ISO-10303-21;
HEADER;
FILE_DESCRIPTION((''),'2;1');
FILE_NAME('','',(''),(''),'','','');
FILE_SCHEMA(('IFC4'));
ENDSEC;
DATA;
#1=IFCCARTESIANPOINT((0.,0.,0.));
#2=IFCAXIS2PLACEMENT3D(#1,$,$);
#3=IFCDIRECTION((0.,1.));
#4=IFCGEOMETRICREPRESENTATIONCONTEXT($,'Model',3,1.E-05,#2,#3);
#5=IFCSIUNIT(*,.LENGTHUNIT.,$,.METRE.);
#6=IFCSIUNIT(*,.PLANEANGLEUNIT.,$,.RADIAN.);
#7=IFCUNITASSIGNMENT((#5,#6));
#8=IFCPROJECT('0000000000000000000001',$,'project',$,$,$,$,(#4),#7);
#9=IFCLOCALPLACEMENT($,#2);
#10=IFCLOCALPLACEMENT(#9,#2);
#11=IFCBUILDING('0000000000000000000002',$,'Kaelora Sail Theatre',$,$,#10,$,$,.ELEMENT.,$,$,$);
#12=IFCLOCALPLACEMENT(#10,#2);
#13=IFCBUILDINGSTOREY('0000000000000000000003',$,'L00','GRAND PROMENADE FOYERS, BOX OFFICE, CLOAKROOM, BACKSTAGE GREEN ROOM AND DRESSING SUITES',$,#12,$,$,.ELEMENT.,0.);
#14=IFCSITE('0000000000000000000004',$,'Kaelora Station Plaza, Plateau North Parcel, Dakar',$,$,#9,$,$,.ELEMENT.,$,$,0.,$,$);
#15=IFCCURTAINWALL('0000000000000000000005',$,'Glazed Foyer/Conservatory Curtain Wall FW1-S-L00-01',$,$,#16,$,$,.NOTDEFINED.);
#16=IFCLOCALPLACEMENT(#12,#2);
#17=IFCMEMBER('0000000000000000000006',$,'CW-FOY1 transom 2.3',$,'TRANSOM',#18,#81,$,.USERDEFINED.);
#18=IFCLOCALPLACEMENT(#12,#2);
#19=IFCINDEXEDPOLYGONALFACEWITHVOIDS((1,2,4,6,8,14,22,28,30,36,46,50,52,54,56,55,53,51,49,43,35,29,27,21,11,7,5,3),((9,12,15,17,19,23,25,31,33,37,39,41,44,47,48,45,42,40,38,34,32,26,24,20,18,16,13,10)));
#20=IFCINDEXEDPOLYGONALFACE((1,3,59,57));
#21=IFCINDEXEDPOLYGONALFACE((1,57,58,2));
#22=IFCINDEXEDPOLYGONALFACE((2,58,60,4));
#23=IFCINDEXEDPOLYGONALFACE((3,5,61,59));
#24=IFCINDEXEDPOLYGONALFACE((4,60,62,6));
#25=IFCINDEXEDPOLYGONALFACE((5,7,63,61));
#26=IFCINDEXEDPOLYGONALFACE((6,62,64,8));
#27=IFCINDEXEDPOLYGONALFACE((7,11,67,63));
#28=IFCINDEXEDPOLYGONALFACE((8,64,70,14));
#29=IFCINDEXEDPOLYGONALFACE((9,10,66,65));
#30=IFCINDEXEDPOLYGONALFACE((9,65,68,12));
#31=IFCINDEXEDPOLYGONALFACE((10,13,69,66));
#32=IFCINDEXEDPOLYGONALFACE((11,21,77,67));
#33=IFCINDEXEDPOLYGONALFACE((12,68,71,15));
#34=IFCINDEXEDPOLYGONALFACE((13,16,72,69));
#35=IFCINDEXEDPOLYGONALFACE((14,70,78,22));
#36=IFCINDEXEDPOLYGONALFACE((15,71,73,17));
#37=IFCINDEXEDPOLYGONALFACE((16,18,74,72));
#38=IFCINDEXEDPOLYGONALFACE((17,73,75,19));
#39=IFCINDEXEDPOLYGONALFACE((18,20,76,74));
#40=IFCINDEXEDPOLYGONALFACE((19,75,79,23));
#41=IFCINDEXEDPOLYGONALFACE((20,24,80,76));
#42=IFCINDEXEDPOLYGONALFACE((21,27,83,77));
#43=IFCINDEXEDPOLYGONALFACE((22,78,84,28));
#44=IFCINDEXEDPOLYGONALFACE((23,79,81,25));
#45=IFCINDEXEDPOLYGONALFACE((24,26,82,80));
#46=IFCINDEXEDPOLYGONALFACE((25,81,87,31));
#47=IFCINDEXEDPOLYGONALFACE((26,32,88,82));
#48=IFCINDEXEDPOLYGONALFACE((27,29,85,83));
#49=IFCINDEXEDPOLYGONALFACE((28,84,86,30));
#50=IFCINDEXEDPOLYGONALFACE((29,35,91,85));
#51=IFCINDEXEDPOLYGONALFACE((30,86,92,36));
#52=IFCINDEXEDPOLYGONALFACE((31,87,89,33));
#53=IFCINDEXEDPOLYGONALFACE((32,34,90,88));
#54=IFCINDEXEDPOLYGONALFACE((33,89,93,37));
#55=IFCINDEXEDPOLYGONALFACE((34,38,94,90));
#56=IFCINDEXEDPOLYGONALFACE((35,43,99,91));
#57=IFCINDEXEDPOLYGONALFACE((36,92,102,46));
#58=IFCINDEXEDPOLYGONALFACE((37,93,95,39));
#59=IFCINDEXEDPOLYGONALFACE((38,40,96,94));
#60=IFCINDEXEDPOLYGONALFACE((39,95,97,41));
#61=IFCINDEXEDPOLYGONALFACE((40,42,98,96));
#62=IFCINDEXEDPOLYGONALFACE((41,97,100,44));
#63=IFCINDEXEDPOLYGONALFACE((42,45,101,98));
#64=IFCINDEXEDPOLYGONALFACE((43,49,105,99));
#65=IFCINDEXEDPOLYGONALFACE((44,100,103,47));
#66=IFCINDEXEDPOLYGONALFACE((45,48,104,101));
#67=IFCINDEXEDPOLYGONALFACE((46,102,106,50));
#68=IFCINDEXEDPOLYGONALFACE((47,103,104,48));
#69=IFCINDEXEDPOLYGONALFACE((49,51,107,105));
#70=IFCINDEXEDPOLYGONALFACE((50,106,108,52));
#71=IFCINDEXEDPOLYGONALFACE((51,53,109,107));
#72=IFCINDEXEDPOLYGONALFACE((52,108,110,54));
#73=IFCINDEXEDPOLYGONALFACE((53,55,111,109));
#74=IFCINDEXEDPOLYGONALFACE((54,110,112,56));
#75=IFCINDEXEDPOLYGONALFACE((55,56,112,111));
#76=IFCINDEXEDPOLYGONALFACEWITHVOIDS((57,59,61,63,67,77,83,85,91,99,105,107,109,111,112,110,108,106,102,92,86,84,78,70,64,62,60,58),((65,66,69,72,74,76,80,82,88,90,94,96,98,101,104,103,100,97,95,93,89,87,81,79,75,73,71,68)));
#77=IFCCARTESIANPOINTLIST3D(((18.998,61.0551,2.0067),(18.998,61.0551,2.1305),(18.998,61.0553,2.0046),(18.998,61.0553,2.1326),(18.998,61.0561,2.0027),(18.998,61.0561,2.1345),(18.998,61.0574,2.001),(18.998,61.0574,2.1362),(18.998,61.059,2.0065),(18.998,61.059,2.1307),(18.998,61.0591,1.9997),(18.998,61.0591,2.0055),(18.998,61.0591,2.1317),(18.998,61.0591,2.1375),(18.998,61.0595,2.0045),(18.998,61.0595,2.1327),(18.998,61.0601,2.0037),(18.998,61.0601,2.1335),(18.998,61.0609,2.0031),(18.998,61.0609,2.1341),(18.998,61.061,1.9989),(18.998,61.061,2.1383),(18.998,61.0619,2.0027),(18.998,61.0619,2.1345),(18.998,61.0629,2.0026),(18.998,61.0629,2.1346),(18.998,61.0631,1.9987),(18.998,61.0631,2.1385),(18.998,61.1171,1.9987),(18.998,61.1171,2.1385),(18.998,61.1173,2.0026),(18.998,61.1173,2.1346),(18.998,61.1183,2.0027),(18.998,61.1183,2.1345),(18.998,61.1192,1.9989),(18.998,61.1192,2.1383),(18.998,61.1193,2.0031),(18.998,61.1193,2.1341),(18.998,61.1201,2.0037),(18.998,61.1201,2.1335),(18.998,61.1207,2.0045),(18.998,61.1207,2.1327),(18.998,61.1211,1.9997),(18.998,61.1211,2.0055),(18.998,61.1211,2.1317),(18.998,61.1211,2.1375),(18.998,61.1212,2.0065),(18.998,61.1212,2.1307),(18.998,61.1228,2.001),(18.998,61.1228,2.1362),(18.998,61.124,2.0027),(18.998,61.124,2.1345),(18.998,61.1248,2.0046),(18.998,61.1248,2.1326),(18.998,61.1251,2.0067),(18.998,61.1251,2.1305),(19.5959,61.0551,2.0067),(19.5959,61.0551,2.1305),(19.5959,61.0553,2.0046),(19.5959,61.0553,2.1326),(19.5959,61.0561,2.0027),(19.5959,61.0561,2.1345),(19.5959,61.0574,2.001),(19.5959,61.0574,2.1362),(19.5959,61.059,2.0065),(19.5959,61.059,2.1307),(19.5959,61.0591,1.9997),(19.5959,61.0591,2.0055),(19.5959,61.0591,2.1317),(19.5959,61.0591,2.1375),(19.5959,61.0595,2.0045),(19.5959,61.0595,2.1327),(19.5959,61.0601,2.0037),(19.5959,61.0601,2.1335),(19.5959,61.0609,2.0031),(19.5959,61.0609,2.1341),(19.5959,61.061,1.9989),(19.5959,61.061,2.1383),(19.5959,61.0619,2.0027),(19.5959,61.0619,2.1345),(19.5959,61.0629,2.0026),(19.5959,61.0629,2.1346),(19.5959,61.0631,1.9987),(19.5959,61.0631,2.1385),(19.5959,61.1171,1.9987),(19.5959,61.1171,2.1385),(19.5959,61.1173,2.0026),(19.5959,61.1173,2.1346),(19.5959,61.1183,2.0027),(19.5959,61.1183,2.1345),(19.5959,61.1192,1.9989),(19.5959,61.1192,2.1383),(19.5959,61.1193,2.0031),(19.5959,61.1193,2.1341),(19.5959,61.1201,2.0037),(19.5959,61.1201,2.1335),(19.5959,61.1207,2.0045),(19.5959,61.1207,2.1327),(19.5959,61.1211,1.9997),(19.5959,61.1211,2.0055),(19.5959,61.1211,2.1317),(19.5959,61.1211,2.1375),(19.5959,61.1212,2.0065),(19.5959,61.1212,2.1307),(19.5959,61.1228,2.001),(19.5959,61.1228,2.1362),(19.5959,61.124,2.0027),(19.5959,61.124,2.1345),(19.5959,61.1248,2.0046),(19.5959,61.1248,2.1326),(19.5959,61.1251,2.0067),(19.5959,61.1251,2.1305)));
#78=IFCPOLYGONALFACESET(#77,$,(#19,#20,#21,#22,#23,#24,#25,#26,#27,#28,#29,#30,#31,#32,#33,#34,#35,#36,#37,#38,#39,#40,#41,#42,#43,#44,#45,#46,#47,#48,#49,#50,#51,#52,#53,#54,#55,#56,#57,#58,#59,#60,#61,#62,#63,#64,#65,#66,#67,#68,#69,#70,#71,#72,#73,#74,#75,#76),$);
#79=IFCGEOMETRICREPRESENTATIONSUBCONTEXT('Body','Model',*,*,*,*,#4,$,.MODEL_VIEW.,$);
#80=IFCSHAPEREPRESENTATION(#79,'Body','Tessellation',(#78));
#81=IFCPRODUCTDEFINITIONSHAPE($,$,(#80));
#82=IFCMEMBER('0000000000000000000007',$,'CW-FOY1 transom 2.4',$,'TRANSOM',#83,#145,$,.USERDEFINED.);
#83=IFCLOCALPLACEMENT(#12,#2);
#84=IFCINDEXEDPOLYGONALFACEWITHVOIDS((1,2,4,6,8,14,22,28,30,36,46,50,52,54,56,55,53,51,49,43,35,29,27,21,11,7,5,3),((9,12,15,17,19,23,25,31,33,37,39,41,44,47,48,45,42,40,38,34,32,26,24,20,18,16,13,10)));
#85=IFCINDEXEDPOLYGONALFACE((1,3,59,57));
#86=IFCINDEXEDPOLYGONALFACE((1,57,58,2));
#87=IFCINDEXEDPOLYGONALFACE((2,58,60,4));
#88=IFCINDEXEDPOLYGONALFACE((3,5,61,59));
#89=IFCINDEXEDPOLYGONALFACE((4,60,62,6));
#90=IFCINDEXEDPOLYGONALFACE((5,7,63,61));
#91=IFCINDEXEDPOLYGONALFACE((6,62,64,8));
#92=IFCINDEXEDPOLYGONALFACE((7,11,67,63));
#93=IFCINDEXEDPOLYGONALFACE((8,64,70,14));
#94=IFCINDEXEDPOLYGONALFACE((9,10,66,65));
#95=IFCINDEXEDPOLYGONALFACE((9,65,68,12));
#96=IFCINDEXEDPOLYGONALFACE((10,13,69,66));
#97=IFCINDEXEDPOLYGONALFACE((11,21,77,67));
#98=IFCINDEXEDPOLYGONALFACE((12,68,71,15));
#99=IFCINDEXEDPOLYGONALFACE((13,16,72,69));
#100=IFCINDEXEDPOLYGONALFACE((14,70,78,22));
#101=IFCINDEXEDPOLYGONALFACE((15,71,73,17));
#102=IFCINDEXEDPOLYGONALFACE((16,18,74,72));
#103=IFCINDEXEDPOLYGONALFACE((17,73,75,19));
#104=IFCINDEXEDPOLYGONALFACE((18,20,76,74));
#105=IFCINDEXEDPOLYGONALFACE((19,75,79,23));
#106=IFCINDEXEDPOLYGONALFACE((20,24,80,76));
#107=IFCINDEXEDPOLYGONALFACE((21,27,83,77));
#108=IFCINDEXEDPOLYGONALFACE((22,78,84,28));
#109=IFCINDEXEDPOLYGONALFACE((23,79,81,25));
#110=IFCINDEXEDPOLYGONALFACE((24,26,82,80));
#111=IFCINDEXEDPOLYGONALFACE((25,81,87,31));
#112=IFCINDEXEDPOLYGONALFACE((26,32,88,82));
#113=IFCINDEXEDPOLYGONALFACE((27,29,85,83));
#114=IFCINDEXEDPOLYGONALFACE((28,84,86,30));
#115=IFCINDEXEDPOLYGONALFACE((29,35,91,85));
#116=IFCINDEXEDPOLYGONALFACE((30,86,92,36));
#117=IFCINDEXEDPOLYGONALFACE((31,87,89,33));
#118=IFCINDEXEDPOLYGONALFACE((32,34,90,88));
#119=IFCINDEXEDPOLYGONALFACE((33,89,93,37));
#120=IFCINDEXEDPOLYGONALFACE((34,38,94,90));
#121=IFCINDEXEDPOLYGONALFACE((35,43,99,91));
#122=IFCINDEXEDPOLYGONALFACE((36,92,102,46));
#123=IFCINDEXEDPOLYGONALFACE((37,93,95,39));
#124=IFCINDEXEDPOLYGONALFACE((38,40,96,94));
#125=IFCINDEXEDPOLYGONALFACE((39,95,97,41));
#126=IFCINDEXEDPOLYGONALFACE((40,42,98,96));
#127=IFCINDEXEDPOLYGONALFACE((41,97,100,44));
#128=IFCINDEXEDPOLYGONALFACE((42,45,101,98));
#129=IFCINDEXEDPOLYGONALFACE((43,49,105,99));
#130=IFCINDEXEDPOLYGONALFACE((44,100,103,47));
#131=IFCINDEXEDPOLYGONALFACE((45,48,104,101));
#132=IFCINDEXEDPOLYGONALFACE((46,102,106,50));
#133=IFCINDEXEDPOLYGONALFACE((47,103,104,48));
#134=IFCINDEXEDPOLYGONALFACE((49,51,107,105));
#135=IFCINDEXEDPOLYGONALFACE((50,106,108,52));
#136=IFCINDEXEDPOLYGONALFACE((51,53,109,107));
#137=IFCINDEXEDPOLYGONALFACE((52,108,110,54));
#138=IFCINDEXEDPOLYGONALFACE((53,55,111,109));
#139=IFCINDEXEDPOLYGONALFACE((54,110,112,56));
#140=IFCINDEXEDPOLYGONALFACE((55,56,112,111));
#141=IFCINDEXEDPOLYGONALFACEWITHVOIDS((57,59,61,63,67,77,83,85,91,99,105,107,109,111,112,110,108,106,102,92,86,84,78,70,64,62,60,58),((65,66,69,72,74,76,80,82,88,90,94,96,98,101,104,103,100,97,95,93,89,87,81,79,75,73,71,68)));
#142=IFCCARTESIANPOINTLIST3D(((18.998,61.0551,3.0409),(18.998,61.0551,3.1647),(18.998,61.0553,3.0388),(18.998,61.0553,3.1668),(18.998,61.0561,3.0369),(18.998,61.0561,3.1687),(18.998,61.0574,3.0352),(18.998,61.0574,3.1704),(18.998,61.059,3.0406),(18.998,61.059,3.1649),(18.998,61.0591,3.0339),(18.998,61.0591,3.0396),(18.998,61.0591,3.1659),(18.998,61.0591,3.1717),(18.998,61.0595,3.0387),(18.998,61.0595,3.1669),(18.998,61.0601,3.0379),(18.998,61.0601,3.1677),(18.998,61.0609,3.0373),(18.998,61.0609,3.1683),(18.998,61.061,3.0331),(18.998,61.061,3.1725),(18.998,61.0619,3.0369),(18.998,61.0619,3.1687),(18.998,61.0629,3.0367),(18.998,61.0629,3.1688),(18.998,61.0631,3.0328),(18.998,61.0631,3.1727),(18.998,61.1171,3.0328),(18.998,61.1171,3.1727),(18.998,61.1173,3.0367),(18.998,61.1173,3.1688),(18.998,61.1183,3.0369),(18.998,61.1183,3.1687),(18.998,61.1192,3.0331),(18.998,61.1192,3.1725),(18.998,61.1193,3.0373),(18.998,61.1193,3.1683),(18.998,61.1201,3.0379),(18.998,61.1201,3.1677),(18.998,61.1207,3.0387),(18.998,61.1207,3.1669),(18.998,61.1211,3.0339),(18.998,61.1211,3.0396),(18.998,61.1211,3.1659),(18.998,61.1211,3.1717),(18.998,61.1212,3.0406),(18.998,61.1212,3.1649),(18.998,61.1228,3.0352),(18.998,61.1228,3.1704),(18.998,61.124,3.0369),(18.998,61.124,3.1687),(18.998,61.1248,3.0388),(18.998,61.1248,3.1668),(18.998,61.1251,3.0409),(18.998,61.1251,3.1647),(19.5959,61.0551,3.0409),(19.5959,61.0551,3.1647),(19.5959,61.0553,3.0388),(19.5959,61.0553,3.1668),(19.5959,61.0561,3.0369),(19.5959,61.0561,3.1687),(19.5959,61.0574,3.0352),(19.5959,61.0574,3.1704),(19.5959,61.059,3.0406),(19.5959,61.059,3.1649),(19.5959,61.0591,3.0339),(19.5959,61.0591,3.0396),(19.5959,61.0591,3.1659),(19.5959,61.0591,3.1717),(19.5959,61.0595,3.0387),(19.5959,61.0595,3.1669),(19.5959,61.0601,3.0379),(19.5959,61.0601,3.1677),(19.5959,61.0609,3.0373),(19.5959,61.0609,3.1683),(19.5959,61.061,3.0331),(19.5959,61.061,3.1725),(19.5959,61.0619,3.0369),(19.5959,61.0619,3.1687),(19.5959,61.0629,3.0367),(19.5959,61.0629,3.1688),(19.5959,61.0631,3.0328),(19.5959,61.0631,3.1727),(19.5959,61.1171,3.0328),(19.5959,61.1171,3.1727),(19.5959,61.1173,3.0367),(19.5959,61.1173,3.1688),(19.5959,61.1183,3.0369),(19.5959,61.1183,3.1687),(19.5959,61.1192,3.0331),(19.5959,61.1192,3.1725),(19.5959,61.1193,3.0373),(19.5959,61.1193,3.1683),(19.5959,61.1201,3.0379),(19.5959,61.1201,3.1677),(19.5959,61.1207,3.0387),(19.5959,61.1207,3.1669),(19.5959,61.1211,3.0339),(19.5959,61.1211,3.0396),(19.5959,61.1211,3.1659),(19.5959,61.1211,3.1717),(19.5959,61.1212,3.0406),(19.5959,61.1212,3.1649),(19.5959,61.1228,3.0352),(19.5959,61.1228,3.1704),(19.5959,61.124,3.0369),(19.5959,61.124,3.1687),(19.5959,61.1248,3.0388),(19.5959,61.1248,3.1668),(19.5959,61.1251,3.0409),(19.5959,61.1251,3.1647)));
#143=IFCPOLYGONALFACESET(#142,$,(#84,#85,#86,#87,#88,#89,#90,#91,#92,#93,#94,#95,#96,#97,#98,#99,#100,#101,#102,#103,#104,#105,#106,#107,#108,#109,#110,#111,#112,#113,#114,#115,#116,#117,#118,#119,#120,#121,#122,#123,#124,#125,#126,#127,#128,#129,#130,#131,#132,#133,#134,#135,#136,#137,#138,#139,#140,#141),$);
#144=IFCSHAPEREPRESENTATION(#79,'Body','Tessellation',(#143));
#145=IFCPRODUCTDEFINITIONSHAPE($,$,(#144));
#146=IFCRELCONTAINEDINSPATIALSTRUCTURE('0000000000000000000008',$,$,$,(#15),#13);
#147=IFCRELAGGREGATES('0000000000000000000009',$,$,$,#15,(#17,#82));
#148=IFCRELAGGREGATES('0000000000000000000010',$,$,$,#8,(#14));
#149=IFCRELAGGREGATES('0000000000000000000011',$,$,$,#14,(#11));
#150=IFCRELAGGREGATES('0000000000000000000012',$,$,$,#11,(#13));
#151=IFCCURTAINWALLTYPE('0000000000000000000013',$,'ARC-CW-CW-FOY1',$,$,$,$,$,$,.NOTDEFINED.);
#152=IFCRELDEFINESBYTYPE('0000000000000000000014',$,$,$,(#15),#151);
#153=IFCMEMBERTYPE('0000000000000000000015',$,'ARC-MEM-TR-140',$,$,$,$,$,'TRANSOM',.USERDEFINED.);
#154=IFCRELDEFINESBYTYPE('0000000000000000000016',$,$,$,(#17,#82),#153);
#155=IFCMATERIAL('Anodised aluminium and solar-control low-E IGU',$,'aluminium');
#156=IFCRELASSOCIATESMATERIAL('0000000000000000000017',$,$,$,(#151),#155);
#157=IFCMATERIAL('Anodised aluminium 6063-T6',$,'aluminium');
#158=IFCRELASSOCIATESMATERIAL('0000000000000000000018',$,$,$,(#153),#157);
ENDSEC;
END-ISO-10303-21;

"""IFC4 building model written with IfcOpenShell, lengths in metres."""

from ifc_helpers import new_model, si_unit, direction, frame, origin, origin_2d, place, context, subcontext, project, spatial, hollow_rectangle, extrude, material, material_profile, profile_set, type_object, element, aggregate, save


model = new_model("IFC4")

# Units and contexts
model_context = context("Model", 3, precision=1e-05, world=origin(), true_north=direction((0.0, 1.0)))
body_context = subcontext(model_context, "Body", "Model", "MODEL_VIEW")
ifc_project = project(units=[si_unit("LENGTHUNIT", "METRE"), si_unit("PLANEANGLEUNIT", "RADIAN")], contexts=[model_context])

# Site, building, storey
site_placement = place(None, origin())
site = spatial("IfcSite", under=ifc_project, at=site_placement, Name="Kaelora Station Plaza, Plateau North Parcel, Dakar", CompositionType="ELEMENT", RefElevation=0.0)
building_placement = place(site_placement, origin())
building = spatial("IfcBuilding", under=site, at=building_placement, Name="Kaelora Sail Theatre", CompositionType="ELEMENT")
storey_placement = place(building_placement, origin())
storey = spatial("IfcBuildingStorey", under=building, at=storey_placement, Name="L00", Description="GRAND PROMENADE FOYERS, BOX OFFICE, CLOAKROOM, BACKSTAGE GREEN ROOM AND DRESSING SUITES", CompositionType="ELEMENT", Elevation=0.0)

# Curtain wall, members
ifc_material_1 = material(Name="Anodised aluminium and solar-control low-E IGU", Category="aluminium")
curtain_wall_type = type_object("IfcCurtainWallType", Name="ARC-CW-CW-FOY1", PredefinedType="NOTDEFINED", material=ifc_material_1)
curtain_wall_placement = place(storey_placement, origin())
curtain_wall = element("IfcCurtainWall", 1, at=curtain_wall_placement, inside=storey, type_object=curtain_wall_type, Name="Glazed Foyer/Conservatory Curtain Wall FW1-S-L00-01", PredefinedType="NOTDEFINED")
ifc_material_2 = material(Name="Anodised aluminium 6063-T6", Category="aluminium")
ifc_material_profile = material_profile(ifc_material_2, hollow_rectangle(XDim=0.0701, YDim=0.1399, WallThickness=0.0039, InnerFilletRadius=0.0039, OuterFilletRadius=0.0081, at=origin_2d()), Name="ALU-TRAN 70x140x4")
ifc_profile_set = profile_set([ifc_material_profile], Name="Anodised aluminium 6063-T6")
member_type = type_object("IfcMemberType", Name="ARC-MEM-TR-140", ElementType="TRANSOM", PredefinedType="USERDEFINED", material=ifc_profile_set)
member_1_placement = place(storey_placement, frame((18.998, 61.0901, 2.0686), z_axis=(1.0, 0.0, 0.0), x_axis=(0.0, 1.0, 0.0)))
member_1 = element("IfcMember", 2, at=member_1_placement, type_object=member_type, Name="CW-FOY1 transom 2.3", ObjectType="TRANSOM", PredefinedType="USERDEFINED", context=body_context, shape_type="SweptSolid", body=[
    extrude(hollow_rectangle(XDim=0.0701, YDim=0.1399, WallThickness=0.0039, InnerFilletRadius=0.0039, OuterFilletRadius=0.0081, at=origin_2d()), origin(), (0.0, 0.0, 1.0), 0.5979),
])
member_2_placement = place(storey_placement, frame((18.998, 61.0901, 3.1028), z_axis=(1.0, 0.0, 0.0), x_axis=(0.0, 1.0, 0.0)))
member_2 = element("IfcMember", 3, at=member_2_placement, type_object=member_type, Name="CW-FOY1 transom 2.4", ObjectType="TRANSOM", PredefinedType="USERDEFINED", context=body_context, shape_type="SweptSolid", body=[
    extrude(hollow_rectangle(XDim=0.0701, YDim=0.1399, WallThickness=0.0039, InnerFilletRadius=0.0039, OuterFilletRadius=0.0081, at=origin_2d()), origin(), (0.0, 0.0, 1.0), 0.5979),
])
aggregate(curtain_wall, [member_1, member_2])

save(model, "model.ifc")
